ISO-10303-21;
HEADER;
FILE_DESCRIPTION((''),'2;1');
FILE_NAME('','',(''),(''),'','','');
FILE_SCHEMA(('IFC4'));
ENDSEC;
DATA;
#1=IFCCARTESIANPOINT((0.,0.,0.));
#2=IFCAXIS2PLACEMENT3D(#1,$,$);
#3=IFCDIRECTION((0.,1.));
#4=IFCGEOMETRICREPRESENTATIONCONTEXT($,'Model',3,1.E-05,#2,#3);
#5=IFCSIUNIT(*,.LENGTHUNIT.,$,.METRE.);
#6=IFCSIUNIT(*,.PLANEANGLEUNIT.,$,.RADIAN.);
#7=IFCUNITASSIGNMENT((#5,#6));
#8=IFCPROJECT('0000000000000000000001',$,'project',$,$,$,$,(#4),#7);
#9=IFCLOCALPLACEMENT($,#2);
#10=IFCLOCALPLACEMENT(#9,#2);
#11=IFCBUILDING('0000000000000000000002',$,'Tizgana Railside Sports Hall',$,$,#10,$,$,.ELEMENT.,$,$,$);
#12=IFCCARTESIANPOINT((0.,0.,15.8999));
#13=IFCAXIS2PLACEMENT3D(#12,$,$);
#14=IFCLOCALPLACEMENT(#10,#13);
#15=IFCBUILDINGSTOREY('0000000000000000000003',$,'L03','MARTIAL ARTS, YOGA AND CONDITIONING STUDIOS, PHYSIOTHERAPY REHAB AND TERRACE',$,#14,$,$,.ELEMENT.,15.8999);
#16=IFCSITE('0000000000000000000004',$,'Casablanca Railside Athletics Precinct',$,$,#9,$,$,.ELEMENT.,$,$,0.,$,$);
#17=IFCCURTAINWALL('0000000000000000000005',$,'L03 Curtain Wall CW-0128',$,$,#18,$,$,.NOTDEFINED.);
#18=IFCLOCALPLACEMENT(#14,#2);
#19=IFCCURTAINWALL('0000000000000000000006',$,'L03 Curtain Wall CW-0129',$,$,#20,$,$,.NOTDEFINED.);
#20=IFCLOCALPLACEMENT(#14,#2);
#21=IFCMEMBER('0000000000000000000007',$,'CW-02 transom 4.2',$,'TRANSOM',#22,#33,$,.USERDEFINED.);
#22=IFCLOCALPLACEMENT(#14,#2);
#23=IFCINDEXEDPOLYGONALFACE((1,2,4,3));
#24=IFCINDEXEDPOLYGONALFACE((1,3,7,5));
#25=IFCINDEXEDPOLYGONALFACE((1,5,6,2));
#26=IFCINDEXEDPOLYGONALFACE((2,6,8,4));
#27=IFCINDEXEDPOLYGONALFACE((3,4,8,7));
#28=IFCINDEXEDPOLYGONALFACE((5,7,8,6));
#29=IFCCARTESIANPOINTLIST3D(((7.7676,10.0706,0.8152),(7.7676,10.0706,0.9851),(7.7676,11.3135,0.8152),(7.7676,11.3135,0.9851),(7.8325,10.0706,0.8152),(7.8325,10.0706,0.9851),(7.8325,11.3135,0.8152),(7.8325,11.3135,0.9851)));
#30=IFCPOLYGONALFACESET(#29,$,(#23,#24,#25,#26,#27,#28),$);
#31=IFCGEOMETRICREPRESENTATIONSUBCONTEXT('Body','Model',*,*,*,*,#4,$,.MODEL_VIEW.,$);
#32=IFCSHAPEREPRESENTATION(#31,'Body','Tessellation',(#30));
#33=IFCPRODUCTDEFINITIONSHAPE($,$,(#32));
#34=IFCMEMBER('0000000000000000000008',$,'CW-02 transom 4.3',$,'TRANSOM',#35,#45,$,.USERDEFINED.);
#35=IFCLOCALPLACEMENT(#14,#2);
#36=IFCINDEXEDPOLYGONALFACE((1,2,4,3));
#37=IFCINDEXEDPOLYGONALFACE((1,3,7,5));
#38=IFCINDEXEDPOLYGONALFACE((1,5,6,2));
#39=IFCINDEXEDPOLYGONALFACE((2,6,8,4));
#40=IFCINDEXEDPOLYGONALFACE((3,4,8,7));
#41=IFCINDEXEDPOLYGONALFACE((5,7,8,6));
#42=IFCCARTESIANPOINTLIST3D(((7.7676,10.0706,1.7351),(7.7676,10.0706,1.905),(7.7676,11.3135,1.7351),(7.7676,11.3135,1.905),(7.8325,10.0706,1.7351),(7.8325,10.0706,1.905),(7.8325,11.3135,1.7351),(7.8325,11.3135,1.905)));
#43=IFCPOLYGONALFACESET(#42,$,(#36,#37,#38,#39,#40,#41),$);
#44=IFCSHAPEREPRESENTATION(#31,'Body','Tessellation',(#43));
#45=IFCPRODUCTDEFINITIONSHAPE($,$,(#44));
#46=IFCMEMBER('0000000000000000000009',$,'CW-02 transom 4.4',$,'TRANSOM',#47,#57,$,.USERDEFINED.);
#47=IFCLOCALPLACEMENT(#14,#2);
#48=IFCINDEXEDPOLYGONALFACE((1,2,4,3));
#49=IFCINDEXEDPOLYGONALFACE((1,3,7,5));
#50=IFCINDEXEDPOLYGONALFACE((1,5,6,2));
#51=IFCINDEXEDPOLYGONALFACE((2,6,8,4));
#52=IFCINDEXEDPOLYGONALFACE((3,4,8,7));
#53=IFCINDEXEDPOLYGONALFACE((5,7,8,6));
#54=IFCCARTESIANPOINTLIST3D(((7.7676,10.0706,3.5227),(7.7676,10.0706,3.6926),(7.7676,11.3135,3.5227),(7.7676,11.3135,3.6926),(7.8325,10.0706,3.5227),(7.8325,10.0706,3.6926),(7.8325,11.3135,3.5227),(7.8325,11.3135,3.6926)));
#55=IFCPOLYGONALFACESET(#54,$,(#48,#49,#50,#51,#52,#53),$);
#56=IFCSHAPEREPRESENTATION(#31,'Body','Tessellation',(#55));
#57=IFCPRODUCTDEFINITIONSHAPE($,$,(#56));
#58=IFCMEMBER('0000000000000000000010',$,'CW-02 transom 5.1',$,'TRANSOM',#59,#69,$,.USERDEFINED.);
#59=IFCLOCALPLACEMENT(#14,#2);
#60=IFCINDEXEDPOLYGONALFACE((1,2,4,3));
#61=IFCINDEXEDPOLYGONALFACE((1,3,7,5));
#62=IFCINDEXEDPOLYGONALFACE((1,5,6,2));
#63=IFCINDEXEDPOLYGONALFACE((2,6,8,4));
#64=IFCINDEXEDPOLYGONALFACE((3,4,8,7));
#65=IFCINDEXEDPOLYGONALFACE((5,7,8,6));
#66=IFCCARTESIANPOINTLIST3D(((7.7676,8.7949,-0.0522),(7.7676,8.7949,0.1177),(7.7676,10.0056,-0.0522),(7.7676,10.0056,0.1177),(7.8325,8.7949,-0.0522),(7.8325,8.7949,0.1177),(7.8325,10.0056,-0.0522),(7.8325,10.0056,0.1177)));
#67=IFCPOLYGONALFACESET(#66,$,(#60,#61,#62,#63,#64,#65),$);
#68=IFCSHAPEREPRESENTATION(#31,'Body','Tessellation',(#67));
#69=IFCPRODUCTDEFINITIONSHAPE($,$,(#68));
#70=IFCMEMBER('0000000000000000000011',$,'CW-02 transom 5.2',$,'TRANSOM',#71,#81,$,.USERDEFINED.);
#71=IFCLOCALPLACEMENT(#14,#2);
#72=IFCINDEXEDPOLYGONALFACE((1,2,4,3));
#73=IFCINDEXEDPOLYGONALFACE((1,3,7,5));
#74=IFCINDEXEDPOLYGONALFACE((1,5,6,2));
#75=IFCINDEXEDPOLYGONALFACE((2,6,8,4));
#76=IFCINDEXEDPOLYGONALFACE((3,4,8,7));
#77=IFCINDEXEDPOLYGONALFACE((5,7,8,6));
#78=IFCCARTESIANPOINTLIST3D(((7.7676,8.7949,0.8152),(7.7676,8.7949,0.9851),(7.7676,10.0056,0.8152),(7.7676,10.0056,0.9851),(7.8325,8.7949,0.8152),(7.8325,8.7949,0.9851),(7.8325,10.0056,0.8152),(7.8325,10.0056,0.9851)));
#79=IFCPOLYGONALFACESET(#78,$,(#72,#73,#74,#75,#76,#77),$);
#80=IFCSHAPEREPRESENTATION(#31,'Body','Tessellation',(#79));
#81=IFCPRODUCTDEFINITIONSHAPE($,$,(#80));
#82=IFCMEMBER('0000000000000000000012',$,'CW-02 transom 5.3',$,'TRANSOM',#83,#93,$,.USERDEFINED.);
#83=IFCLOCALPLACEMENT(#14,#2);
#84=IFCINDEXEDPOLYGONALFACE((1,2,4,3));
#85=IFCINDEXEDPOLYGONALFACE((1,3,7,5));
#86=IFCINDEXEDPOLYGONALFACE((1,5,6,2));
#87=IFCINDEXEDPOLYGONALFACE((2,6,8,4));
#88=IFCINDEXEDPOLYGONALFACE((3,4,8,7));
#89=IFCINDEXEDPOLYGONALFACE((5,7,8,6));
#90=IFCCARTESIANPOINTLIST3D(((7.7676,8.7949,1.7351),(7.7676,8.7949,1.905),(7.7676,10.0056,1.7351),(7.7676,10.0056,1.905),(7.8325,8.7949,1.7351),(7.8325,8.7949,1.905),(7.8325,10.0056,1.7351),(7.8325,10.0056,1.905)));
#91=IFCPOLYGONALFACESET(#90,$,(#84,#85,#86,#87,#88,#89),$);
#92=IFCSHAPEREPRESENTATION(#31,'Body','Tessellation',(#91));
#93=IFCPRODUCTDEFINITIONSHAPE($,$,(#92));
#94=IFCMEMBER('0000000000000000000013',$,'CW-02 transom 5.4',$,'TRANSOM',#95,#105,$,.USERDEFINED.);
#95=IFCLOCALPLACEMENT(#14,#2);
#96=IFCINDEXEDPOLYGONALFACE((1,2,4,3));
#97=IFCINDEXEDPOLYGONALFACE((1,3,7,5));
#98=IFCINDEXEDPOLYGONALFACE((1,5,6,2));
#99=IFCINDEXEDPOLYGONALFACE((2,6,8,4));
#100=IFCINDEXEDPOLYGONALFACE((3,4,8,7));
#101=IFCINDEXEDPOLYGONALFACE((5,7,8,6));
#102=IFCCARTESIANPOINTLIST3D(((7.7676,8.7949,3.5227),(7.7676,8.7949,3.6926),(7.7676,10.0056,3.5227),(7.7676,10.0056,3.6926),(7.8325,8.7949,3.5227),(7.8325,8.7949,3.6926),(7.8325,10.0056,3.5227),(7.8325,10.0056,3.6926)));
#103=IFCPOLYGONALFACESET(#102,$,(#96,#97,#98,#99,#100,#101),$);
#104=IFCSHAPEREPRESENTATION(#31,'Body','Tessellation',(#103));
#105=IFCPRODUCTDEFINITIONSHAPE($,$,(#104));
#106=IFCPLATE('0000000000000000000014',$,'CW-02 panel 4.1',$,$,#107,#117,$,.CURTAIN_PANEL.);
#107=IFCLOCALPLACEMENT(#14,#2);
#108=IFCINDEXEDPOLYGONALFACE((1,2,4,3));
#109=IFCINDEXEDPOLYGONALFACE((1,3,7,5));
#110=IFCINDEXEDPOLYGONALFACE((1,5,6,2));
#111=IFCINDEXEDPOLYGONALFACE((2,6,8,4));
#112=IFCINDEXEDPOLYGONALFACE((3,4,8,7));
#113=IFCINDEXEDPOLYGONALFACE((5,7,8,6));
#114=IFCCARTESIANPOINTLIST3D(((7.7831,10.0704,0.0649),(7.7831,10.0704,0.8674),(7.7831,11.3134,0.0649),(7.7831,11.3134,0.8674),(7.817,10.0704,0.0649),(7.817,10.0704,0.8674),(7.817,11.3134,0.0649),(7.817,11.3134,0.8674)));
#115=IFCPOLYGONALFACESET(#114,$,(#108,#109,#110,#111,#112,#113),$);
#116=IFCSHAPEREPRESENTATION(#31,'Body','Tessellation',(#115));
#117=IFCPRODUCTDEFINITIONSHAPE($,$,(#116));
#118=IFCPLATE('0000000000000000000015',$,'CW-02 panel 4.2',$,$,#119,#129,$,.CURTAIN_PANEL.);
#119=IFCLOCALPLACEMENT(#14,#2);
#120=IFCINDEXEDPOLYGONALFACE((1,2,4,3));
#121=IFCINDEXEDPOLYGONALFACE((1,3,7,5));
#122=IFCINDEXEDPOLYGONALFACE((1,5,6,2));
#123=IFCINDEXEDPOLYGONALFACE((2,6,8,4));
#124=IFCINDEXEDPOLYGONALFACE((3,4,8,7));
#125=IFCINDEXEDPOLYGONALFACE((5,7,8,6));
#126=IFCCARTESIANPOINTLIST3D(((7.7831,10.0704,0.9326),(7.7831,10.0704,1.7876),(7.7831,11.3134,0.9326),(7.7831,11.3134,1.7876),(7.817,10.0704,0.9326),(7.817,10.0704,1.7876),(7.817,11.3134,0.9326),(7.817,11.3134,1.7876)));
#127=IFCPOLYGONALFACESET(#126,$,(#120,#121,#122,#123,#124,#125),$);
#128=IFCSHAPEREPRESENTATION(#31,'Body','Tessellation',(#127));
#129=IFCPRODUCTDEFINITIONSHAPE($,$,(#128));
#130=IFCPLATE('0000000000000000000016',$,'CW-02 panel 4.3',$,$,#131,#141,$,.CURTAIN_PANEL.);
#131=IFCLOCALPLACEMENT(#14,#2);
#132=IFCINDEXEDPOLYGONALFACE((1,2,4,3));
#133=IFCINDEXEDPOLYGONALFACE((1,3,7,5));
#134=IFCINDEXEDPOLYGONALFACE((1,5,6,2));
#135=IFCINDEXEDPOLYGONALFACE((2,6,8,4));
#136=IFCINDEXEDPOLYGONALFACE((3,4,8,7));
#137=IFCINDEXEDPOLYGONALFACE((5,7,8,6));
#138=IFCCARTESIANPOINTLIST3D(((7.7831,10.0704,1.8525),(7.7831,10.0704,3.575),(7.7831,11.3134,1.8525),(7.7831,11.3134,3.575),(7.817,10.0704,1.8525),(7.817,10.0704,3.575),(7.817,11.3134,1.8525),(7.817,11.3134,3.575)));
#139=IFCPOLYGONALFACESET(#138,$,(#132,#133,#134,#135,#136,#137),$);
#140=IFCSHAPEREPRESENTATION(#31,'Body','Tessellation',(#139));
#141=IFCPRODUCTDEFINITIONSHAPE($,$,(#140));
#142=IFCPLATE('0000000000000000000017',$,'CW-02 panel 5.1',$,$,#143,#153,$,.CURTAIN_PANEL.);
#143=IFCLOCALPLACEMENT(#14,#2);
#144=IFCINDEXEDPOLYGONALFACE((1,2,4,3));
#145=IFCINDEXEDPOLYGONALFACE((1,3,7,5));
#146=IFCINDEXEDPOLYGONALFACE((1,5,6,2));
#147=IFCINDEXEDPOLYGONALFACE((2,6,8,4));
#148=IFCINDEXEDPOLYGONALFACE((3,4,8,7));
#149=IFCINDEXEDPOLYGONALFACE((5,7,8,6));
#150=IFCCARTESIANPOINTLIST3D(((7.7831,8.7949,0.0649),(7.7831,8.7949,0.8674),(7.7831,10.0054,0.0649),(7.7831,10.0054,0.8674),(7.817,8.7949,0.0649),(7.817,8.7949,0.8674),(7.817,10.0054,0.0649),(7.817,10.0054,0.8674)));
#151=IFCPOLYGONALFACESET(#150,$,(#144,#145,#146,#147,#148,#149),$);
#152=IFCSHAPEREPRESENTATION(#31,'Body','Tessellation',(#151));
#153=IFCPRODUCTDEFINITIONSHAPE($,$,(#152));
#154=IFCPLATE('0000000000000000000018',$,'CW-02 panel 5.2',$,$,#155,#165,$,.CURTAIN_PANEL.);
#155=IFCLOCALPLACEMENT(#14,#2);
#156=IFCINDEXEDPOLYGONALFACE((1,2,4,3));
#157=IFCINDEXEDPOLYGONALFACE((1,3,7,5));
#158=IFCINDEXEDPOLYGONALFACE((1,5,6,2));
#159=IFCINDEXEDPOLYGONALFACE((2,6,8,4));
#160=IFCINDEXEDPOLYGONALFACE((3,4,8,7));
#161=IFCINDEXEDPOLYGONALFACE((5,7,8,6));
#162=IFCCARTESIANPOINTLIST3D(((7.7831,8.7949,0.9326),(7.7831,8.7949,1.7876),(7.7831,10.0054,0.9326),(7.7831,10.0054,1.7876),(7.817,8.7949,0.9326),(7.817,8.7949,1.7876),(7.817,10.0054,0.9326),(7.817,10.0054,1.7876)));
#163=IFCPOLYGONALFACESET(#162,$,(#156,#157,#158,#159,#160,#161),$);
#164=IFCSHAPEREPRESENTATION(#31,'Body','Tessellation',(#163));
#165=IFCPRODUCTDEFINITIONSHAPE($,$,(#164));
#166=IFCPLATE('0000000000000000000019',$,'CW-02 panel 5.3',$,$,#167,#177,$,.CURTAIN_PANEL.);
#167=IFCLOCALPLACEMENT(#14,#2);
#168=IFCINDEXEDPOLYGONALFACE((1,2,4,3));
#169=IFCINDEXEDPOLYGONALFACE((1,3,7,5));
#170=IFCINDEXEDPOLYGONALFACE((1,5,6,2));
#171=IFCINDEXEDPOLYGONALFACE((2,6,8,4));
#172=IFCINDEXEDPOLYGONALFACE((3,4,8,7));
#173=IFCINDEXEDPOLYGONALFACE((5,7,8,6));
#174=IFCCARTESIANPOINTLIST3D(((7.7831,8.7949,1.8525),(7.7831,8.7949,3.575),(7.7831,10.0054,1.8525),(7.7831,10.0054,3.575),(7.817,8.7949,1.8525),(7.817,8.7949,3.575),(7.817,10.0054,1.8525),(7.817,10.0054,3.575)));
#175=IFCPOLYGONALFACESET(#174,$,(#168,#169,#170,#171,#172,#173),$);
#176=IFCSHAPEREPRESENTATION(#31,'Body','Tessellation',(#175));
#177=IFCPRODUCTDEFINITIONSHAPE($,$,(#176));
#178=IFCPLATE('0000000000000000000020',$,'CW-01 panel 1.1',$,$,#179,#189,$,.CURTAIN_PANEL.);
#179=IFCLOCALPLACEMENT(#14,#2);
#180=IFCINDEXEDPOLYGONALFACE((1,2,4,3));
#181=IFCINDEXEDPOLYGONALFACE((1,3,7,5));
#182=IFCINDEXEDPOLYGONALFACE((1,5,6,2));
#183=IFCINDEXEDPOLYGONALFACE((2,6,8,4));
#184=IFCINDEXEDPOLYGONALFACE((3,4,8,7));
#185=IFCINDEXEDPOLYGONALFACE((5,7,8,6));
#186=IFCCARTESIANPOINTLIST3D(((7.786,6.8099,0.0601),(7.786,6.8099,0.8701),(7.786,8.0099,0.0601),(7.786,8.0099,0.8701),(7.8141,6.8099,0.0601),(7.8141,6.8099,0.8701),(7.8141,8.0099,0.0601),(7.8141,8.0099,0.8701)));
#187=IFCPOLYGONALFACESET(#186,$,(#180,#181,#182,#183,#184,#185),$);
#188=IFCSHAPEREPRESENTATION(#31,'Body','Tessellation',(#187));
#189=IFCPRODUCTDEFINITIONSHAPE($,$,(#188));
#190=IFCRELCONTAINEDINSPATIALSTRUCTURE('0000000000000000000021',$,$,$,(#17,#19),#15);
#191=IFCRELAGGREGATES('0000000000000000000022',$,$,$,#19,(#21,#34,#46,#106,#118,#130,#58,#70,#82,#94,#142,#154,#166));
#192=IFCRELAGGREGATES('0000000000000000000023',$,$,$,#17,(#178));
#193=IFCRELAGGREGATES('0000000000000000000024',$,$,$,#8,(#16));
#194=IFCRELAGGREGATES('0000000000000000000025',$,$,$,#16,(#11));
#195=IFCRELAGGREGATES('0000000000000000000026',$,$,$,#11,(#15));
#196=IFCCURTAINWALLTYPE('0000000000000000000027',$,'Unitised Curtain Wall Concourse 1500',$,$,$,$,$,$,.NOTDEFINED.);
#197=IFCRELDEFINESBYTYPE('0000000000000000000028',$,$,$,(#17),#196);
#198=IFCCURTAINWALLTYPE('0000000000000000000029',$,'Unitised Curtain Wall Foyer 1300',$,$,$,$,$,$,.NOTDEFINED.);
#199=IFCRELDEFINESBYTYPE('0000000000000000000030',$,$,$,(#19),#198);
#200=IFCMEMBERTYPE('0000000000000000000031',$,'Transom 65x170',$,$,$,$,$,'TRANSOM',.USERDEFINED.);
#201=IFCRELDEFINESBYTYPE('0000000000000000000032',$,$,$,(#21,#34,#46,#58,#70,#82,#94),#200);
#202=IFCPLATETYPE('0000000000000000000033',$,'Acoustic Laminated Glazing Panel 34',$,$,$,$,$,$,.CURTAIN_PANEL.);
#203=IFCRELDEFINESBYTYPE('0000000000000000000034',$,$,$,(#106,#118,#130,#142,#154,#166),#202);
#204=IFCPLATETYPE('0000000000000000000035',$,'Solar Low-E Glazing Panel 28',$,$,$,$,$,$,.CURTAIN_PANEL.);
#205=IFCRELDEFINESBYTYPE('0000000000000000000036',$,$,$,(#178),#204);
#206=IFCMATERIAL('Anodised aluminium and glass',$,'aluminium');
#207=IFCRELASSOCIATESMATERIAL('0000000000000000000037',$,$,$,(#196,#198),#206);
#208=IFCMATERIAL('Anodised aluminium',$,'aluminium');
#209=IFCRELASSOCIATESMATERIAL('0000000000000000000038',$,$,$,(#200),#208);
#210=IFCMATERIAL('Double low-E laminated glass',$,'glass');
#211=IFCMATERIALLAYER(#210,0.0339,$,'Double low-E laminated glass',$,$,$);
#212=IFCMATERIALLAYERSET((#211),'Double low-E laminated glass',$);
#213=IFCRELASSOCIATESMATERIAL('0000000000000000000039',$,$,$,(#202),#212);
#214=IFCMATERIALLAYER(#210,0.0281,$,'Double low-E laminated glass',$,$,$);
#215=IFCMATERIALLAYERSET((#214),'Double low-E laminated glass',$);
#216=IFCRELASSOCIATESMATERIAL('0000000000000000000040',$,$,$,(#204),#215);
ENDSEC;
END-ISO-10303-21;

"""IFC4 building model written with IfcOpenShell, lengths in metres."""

from ifc_helpers import new_model, si_unit, direction, frame, origin, origin_2d, place, context, subcontext, project, spatial, rectangle, extrude, material, layer, layer_set, material_profile, profile_set, type_object, element, aggregate, save


model = new_model("IFC4")

# Units and contexts
model_context = context("Model", 3, precision=1e-05, world=origin(), true_north=direction((0.0, 1.0)))
body_context = subcontext(model_context, "Body", "Model", "MODEL_VIEW")
ifc_project = project(units=[si_unit("LENGTHUNIT", "METRE"), si_unit("PLANEANGLEUNIT", "RADIAN")], contexts=[model_context])

# Site, building, storey
site_placement = place(None, origin())
site = spatial("IfcSite", under=ifc_project, at=site_placement, Name="Casablanca Railside Athletics Precinct", CompositionType="ELEMENT", RefElevation=0.0)
building_placement = place(site_placement, origin())
building = spatial("IfcBuilding", under=site, at=building_placement, Name="Tizgana Railside Sports Hall", CompositionType="ELEMENT")
storey_placement = place(building_placement, frame((0.0, 0.0, 15.8999)))
storey = spatial("IfcBuildingStorey", under=building, at=storey_placement, Name="L03", Description="MARTIAL ARTS, YOGA AND CONDITIONING STUDIOS, PHYSIOTHERAPY REHAB AND TERRACE", CompositionType="ELEMENT", Elevation=15.8999)

# Curtain walls
ifc_material_1 = material(Name="Anodised aluminium and glass", Category="aluminium")
curtain_wall_type_1 = type_object("IfcCurtainWallType", Name="Unitised Curtain Wall Concourse 1500", PredefinedType="NOTDEFINED", material=ifc_material_1)
curtain_wall_1_placement = place(storey_placement, origin())
curtain_wall_1 = element("IfcCurtainWall", 1, at=curtain_wall_1_placement, inside=storey, type_object=curtain_wall_type_1, Name="L03 Curtain Wall CW-0128", PredefinedType="NOTDEFINED")
ifc_material_2 = material(Name="Anodised aluminium", Category="aluminium")
curtain_wall_type_2 = type_object("IfcCurtainWallType", Name="Unitised Curtain Wall Foyer 1300", PredefinedType="NOTDEFINED", material=ifc_material_1)
curtain_wall_2_placement = place(storey_placement, origin())
curtain_wall_2 = element("IfcCurtainWall", 2, at=curtain_wall_2_placement, inside=storey, type_object=curtain_wall_type_2, Name="L03 Curtain Wall CW-0129", PredefinedType="NOTDEFINED")

# Members
ifc_material_profile_1 = material_profile(ifc_material_2, rectangle(XDim=0.0649, YDim=0.1699, at=origin_2d()), Name="Transom 65x170")
ifc_profile_set_1 = profile_set([ifc_material_profile_1], Name="Anodised aluminium")
member_type_1 = type_object("IfcMemberType", Name="Transom 65x170", ElementType="TRANSOM", PredefinedType="USERDEFINED", material=ifc_profile_set_1)
member_1_placement = place(storey_placement, frame((7.8, 11.3135, 0.9001), z_axis=(0.0, -1.0, 0.0), x_axis=(1.0, 0.0, 0.0)))
member_1 = element("IfcMember", 3, at=member_1_placement, type_object=member_type_1, Name="CW-02 transom 4.2", ObjectType="TRANSOM", PredefinedType="USERDEFINED", context=body_context, shape_type="SweptSolid", body=[
    extrude(rectangle(XDim=0.0649, YDim=0.1699, at=origin_2d()), origin(), (0.0, 0.0, 1.0), 1.2429),
])
member_2_placement = place(storey_placement, frame((7.8, 11.3135, 1.8201), z_axis=(0.0, -1.0, 0.0), x_axis=(1.0, 0.0, 0.0)))
member_2 = element("IfcMember", 4, at=member_2_placement, type_object=member_type_1, Name="CW-02 transom 4.3", ObjectType="TRANSOM", PredefinedType="USERDEFINED", context=body_context, shape_type="SweptSolid", body=[
    extrude(rectangle(XDim=0.0649, YDim=0.1699, at=origin_2d()), origin(), (0.0, 0.0, 1.0), 1.2429),
])
member_3_placement = place(storey_placement, frame((7.8, 11.3135, 3.6077), z_axis=(0.0, -1.0, 0.0), x_axis=(1.0, 0.0, 0.0)))
member_3 = element("IfcMember", 5, at=member_3_placement, type_object=member_type_1, Name="CW-02 transom 4.4", ObjectType="TRANSOM", PredefinedType="USERDEFINED", context=body_context, shape_type="SweptSolid", body=[
    extrude(rectangle(XDim=0.0649, YDim=0.1699, at=origin_2d()), origin(), (0.0, 0.0, 1.0), 1.2429),
])
member_4_placement = place(storey_placement, frame((7.8, 10.0056, 0.0327), z_axis=(0.0, -1.0, 0.0), x_axis=(1.0, 0.0, 0.0)))
member_4 = element("IfcMember", 6, at=member_4_placement, type_object=member_type_1, Name="CW-02 transom 5.1", ObjectType="TRANSOM", PredefinedType="USERDEFINED", context=body_context, shape_type="SweptSolid", body=[
    extrude(rectangle(XDim=0.0649, YDim=0.1699, at=origin_2d()), origin(), (0.0, 0.0, 1.0), 1.2107),
])
member_5_placement = place(storey_placement, frame((7.8, 10.0056, 0.9001), z_axis=(0.0, -1.0, 0.0), x_axis=(1.0, 0.0, 0.0)))
member_5 = element("IfcMember", 7, at=member_5_placement, type_object=member_type_1, Name="CW-02 transom 5.2", ObjectType="TRANSOM", PredefinedType="USERDEFINED", context=body_context, shape_type="SweptSolid", body=[
    extrude(rectangle(XDim=0.0649, YDim=0.1699, at=origin_2d()), origin(), (0.0, 0.0, 1.0), 1.2107),
])
member_6_placement = place(storey_placement, frame((7.8, 10.0056, 1.8201), z_axis=(0.0, -1.0, 0.0), x_axis=(1.0, 0.0, 0.0)))
member_6 = element("IfcMember", 8, at=member_6_placement, type_object=member_type_1, Name="CW-02 transom 5.3", ObjectType="TRANSOM", PredefinedType="USERDEFINED", context=body_context, shape_type="SweptSolid", body=[
    extrude(rectangle(XDim=0.0649, YDim=0.1699, at=origin_2d()), origin(), (0.0, 0.0, 1.0), 1.2107),
])
member_7_placement = place(storey_placement, frame((7.8, 10.0056, 3.6077), z_axis=(0.0, -1.0, 0.0), x_axis=(1.0, 0.0, 0.0)))
member_7 = element("IfcMember", 9, at=member_7_placement, type_object=member_type_1, Name="CW-02 transom 5.4", ObjectType="TRANSOM", PredefinedType="USERDEFINED", context=body_context, shape_type="SweptSolid", body=[
    extrude(rectangle(XDim=0.0649, YDim=0.1699, at=origin_2d()), origin(), (0.0, 0.0, 1.0), 1.2107),
])

# Plates
ifc_material_3 = material(Name="Double low-E laminated glass", Category="glass")
ifc_layer_1 = layer(ifc_material_3, 0.0339, Name="Double low-E laminated glass")
ifc_layer_set_1 = layer_set([ifc_layer_1], Name="Double low-E laminated glass")
plate_type_1 = type_object("IfcPlateType", Name="Acoustic Laminated Glazing Panel 34", PredefinedType="CURTAIN_PANEL", material=ifc_layer_set_1)
plate_1_placement = place(storey_placement, frame((7.8, 10.6919, 0.0649), z_axis=(0.0, 0.0, 1.0), x_axis=(0.0, -1.0, 0.0)))
plate_1 = element("IfcPlate", 10, at=plate_1_placement, type_object=plate_type_1, Name="CW-02 panel 4.1", PredefinedType="CURTAIN_PANEL", context=body_context, shape_type="SweptSolid", body=[
    extrude(rectangle(XDim=1.2429, YDim=0.0339, at=origin_2d()), origin(), (0.0, 0.0, 1.0), 0.8025),
])
plate_2_placement = place(storey_placement, frame((7.8, 10.6919, 0.9326), z_axis=(0.0, 0.0, 1.0), x_axis=(0.0, -1.0, 0.0)))
plate_2 = element("IfcPlate", 11, at=plate_2_placement, type_object=plate_type_1, Name="CW-02 panel 4.2", PredefinedType="CURTAIN_PANEL", context=body_context, shape_type="SweptSolid", body=[
    extrude(rectangle(XDim=1.2429, YDim=0.0339, at=origin_2d()), origin(), (0.0, 0.0, 1.0), 0.855),
])
plate_3_placement = place(storey_placement, frame((7.8, 10.6919, 1.8525), z_axis=(0.0, 0.0, 1.0), x_axis=(0.0, -1.0, 0.0)))
plate_3 = element("IfcPlate", 12, at=plate_3_placement, type_object=plate_type_1, Name="CW-02 panel 4.3", PredefinedType="CURTAIN_PANEL", context=body_context, shape_type="SweptSolid", body=[
    extrude(rectangle(XDim=1.2429, YDim=0.0339, at=origin_2d()), origin(), (0.0, 0.0, 1.0), 1.7224),
])
plate_4_placement = place(storey_placement, frame((7.8, 9.4001, 0.0649), z_axis=(0.0, 0.0, 1.0), x_axis=(0.0, -1.0, 0.0)))
plate_4 = element("IfcPlate", 13, at=plate_4_placement, type_object=plate_type_1, Name="CW-02 panel 5.1", PredefinedType="CURTAIN_PANEL", context=body_context, shape_type="SweptSolid", body=[
    extrude(rectangle(XDim=1.2104, YDim=0.0339, at=origin_2d()), origin(), (0.0, 0.0, 1.0), 0.8025),
])
plate_5_placement = place(storey_placement, frame((7.8, 9.4001, 0.9326), z_axis=(0.0, 0.0, 1.0), x_axis=(0.0, -1.0, 0.0)))
plate_5 = element("IfcPlate", 14, at=plate_5_placement, type_object=plate_type_1, Name="CW-02 panel 5.2", PredefinedType="CURTAIN_PANEL", context=body_context, shape_type="SweptSolid", body=[
    extrude(rectangle(XDim=1.2104, YDim=0.0339, at=origin_2d()), origin(), (0.0, 0.0, 1.0), 0.855),
])
plate_6_placement = place(storey_placement, frame((7.8, 9.4001, 1.8525), z_axis=(0.0, 0.0, 1.0), x_axis=(0.0, -1.0, 0.0)))
plate_6 = element("IfcPlate", 15, at=plate_6_placement, type_object=plate_type_1, Name="CW-02 panel 5.3", PredefinedType="CURTAIN_PANEL", context=body_context, shape_type="SweptSolid", body=[
    extrude(rectangle(XDim=1.2104, YDim=0.0339, at=origin_2d()), origin(), (0.0, 0.0, 1.0), 1.7224),
])
aggregate(curtain_wall_2, [member_1, member_2, member_3, plate_1, plate_2, plate_3, member_4, member_5, member_6, member_7, plate_4, plate_5, plate_6])
ifc_layer_2 = layer(ifc_material_3, 0.0281, Name="Double low-E laminated glass")
ifc_layer_set_2 = layer_set([ifc_layer_2], Name="Double low-E laminated glass")
plate_type_2 = type_object("IfcPlateType", Name="Solar Low-E Glazing Panel 28", PredefinedType="CURTAIN_PANEL", material=ifc_layer_set_2)
plate_7_placement = place(storey_placement, frame((7.8, 7.4099, 0.0601), z_axis=(0.0, 0.0, 1.0), x_axis=(0.0, -1.0, 0.0)))
plate_7 = element("IfcPlate", 16, at=plate_7_placement, type_object=plate_type_2, Name="CW-01 panel 1.1", PredefinedType="CURTAIN_PANEL", context=body_context, shape_type="SweptSolid", body=[
    extrude(rectangle(XDim=1.2, YDim=0.0281, at=origin_2d()), origin(), (0.0, 0.0, 1.0), 0.8101),
])
aggregate(curtain_wall_1, [plate_7])

save(model, "model.ifc")
